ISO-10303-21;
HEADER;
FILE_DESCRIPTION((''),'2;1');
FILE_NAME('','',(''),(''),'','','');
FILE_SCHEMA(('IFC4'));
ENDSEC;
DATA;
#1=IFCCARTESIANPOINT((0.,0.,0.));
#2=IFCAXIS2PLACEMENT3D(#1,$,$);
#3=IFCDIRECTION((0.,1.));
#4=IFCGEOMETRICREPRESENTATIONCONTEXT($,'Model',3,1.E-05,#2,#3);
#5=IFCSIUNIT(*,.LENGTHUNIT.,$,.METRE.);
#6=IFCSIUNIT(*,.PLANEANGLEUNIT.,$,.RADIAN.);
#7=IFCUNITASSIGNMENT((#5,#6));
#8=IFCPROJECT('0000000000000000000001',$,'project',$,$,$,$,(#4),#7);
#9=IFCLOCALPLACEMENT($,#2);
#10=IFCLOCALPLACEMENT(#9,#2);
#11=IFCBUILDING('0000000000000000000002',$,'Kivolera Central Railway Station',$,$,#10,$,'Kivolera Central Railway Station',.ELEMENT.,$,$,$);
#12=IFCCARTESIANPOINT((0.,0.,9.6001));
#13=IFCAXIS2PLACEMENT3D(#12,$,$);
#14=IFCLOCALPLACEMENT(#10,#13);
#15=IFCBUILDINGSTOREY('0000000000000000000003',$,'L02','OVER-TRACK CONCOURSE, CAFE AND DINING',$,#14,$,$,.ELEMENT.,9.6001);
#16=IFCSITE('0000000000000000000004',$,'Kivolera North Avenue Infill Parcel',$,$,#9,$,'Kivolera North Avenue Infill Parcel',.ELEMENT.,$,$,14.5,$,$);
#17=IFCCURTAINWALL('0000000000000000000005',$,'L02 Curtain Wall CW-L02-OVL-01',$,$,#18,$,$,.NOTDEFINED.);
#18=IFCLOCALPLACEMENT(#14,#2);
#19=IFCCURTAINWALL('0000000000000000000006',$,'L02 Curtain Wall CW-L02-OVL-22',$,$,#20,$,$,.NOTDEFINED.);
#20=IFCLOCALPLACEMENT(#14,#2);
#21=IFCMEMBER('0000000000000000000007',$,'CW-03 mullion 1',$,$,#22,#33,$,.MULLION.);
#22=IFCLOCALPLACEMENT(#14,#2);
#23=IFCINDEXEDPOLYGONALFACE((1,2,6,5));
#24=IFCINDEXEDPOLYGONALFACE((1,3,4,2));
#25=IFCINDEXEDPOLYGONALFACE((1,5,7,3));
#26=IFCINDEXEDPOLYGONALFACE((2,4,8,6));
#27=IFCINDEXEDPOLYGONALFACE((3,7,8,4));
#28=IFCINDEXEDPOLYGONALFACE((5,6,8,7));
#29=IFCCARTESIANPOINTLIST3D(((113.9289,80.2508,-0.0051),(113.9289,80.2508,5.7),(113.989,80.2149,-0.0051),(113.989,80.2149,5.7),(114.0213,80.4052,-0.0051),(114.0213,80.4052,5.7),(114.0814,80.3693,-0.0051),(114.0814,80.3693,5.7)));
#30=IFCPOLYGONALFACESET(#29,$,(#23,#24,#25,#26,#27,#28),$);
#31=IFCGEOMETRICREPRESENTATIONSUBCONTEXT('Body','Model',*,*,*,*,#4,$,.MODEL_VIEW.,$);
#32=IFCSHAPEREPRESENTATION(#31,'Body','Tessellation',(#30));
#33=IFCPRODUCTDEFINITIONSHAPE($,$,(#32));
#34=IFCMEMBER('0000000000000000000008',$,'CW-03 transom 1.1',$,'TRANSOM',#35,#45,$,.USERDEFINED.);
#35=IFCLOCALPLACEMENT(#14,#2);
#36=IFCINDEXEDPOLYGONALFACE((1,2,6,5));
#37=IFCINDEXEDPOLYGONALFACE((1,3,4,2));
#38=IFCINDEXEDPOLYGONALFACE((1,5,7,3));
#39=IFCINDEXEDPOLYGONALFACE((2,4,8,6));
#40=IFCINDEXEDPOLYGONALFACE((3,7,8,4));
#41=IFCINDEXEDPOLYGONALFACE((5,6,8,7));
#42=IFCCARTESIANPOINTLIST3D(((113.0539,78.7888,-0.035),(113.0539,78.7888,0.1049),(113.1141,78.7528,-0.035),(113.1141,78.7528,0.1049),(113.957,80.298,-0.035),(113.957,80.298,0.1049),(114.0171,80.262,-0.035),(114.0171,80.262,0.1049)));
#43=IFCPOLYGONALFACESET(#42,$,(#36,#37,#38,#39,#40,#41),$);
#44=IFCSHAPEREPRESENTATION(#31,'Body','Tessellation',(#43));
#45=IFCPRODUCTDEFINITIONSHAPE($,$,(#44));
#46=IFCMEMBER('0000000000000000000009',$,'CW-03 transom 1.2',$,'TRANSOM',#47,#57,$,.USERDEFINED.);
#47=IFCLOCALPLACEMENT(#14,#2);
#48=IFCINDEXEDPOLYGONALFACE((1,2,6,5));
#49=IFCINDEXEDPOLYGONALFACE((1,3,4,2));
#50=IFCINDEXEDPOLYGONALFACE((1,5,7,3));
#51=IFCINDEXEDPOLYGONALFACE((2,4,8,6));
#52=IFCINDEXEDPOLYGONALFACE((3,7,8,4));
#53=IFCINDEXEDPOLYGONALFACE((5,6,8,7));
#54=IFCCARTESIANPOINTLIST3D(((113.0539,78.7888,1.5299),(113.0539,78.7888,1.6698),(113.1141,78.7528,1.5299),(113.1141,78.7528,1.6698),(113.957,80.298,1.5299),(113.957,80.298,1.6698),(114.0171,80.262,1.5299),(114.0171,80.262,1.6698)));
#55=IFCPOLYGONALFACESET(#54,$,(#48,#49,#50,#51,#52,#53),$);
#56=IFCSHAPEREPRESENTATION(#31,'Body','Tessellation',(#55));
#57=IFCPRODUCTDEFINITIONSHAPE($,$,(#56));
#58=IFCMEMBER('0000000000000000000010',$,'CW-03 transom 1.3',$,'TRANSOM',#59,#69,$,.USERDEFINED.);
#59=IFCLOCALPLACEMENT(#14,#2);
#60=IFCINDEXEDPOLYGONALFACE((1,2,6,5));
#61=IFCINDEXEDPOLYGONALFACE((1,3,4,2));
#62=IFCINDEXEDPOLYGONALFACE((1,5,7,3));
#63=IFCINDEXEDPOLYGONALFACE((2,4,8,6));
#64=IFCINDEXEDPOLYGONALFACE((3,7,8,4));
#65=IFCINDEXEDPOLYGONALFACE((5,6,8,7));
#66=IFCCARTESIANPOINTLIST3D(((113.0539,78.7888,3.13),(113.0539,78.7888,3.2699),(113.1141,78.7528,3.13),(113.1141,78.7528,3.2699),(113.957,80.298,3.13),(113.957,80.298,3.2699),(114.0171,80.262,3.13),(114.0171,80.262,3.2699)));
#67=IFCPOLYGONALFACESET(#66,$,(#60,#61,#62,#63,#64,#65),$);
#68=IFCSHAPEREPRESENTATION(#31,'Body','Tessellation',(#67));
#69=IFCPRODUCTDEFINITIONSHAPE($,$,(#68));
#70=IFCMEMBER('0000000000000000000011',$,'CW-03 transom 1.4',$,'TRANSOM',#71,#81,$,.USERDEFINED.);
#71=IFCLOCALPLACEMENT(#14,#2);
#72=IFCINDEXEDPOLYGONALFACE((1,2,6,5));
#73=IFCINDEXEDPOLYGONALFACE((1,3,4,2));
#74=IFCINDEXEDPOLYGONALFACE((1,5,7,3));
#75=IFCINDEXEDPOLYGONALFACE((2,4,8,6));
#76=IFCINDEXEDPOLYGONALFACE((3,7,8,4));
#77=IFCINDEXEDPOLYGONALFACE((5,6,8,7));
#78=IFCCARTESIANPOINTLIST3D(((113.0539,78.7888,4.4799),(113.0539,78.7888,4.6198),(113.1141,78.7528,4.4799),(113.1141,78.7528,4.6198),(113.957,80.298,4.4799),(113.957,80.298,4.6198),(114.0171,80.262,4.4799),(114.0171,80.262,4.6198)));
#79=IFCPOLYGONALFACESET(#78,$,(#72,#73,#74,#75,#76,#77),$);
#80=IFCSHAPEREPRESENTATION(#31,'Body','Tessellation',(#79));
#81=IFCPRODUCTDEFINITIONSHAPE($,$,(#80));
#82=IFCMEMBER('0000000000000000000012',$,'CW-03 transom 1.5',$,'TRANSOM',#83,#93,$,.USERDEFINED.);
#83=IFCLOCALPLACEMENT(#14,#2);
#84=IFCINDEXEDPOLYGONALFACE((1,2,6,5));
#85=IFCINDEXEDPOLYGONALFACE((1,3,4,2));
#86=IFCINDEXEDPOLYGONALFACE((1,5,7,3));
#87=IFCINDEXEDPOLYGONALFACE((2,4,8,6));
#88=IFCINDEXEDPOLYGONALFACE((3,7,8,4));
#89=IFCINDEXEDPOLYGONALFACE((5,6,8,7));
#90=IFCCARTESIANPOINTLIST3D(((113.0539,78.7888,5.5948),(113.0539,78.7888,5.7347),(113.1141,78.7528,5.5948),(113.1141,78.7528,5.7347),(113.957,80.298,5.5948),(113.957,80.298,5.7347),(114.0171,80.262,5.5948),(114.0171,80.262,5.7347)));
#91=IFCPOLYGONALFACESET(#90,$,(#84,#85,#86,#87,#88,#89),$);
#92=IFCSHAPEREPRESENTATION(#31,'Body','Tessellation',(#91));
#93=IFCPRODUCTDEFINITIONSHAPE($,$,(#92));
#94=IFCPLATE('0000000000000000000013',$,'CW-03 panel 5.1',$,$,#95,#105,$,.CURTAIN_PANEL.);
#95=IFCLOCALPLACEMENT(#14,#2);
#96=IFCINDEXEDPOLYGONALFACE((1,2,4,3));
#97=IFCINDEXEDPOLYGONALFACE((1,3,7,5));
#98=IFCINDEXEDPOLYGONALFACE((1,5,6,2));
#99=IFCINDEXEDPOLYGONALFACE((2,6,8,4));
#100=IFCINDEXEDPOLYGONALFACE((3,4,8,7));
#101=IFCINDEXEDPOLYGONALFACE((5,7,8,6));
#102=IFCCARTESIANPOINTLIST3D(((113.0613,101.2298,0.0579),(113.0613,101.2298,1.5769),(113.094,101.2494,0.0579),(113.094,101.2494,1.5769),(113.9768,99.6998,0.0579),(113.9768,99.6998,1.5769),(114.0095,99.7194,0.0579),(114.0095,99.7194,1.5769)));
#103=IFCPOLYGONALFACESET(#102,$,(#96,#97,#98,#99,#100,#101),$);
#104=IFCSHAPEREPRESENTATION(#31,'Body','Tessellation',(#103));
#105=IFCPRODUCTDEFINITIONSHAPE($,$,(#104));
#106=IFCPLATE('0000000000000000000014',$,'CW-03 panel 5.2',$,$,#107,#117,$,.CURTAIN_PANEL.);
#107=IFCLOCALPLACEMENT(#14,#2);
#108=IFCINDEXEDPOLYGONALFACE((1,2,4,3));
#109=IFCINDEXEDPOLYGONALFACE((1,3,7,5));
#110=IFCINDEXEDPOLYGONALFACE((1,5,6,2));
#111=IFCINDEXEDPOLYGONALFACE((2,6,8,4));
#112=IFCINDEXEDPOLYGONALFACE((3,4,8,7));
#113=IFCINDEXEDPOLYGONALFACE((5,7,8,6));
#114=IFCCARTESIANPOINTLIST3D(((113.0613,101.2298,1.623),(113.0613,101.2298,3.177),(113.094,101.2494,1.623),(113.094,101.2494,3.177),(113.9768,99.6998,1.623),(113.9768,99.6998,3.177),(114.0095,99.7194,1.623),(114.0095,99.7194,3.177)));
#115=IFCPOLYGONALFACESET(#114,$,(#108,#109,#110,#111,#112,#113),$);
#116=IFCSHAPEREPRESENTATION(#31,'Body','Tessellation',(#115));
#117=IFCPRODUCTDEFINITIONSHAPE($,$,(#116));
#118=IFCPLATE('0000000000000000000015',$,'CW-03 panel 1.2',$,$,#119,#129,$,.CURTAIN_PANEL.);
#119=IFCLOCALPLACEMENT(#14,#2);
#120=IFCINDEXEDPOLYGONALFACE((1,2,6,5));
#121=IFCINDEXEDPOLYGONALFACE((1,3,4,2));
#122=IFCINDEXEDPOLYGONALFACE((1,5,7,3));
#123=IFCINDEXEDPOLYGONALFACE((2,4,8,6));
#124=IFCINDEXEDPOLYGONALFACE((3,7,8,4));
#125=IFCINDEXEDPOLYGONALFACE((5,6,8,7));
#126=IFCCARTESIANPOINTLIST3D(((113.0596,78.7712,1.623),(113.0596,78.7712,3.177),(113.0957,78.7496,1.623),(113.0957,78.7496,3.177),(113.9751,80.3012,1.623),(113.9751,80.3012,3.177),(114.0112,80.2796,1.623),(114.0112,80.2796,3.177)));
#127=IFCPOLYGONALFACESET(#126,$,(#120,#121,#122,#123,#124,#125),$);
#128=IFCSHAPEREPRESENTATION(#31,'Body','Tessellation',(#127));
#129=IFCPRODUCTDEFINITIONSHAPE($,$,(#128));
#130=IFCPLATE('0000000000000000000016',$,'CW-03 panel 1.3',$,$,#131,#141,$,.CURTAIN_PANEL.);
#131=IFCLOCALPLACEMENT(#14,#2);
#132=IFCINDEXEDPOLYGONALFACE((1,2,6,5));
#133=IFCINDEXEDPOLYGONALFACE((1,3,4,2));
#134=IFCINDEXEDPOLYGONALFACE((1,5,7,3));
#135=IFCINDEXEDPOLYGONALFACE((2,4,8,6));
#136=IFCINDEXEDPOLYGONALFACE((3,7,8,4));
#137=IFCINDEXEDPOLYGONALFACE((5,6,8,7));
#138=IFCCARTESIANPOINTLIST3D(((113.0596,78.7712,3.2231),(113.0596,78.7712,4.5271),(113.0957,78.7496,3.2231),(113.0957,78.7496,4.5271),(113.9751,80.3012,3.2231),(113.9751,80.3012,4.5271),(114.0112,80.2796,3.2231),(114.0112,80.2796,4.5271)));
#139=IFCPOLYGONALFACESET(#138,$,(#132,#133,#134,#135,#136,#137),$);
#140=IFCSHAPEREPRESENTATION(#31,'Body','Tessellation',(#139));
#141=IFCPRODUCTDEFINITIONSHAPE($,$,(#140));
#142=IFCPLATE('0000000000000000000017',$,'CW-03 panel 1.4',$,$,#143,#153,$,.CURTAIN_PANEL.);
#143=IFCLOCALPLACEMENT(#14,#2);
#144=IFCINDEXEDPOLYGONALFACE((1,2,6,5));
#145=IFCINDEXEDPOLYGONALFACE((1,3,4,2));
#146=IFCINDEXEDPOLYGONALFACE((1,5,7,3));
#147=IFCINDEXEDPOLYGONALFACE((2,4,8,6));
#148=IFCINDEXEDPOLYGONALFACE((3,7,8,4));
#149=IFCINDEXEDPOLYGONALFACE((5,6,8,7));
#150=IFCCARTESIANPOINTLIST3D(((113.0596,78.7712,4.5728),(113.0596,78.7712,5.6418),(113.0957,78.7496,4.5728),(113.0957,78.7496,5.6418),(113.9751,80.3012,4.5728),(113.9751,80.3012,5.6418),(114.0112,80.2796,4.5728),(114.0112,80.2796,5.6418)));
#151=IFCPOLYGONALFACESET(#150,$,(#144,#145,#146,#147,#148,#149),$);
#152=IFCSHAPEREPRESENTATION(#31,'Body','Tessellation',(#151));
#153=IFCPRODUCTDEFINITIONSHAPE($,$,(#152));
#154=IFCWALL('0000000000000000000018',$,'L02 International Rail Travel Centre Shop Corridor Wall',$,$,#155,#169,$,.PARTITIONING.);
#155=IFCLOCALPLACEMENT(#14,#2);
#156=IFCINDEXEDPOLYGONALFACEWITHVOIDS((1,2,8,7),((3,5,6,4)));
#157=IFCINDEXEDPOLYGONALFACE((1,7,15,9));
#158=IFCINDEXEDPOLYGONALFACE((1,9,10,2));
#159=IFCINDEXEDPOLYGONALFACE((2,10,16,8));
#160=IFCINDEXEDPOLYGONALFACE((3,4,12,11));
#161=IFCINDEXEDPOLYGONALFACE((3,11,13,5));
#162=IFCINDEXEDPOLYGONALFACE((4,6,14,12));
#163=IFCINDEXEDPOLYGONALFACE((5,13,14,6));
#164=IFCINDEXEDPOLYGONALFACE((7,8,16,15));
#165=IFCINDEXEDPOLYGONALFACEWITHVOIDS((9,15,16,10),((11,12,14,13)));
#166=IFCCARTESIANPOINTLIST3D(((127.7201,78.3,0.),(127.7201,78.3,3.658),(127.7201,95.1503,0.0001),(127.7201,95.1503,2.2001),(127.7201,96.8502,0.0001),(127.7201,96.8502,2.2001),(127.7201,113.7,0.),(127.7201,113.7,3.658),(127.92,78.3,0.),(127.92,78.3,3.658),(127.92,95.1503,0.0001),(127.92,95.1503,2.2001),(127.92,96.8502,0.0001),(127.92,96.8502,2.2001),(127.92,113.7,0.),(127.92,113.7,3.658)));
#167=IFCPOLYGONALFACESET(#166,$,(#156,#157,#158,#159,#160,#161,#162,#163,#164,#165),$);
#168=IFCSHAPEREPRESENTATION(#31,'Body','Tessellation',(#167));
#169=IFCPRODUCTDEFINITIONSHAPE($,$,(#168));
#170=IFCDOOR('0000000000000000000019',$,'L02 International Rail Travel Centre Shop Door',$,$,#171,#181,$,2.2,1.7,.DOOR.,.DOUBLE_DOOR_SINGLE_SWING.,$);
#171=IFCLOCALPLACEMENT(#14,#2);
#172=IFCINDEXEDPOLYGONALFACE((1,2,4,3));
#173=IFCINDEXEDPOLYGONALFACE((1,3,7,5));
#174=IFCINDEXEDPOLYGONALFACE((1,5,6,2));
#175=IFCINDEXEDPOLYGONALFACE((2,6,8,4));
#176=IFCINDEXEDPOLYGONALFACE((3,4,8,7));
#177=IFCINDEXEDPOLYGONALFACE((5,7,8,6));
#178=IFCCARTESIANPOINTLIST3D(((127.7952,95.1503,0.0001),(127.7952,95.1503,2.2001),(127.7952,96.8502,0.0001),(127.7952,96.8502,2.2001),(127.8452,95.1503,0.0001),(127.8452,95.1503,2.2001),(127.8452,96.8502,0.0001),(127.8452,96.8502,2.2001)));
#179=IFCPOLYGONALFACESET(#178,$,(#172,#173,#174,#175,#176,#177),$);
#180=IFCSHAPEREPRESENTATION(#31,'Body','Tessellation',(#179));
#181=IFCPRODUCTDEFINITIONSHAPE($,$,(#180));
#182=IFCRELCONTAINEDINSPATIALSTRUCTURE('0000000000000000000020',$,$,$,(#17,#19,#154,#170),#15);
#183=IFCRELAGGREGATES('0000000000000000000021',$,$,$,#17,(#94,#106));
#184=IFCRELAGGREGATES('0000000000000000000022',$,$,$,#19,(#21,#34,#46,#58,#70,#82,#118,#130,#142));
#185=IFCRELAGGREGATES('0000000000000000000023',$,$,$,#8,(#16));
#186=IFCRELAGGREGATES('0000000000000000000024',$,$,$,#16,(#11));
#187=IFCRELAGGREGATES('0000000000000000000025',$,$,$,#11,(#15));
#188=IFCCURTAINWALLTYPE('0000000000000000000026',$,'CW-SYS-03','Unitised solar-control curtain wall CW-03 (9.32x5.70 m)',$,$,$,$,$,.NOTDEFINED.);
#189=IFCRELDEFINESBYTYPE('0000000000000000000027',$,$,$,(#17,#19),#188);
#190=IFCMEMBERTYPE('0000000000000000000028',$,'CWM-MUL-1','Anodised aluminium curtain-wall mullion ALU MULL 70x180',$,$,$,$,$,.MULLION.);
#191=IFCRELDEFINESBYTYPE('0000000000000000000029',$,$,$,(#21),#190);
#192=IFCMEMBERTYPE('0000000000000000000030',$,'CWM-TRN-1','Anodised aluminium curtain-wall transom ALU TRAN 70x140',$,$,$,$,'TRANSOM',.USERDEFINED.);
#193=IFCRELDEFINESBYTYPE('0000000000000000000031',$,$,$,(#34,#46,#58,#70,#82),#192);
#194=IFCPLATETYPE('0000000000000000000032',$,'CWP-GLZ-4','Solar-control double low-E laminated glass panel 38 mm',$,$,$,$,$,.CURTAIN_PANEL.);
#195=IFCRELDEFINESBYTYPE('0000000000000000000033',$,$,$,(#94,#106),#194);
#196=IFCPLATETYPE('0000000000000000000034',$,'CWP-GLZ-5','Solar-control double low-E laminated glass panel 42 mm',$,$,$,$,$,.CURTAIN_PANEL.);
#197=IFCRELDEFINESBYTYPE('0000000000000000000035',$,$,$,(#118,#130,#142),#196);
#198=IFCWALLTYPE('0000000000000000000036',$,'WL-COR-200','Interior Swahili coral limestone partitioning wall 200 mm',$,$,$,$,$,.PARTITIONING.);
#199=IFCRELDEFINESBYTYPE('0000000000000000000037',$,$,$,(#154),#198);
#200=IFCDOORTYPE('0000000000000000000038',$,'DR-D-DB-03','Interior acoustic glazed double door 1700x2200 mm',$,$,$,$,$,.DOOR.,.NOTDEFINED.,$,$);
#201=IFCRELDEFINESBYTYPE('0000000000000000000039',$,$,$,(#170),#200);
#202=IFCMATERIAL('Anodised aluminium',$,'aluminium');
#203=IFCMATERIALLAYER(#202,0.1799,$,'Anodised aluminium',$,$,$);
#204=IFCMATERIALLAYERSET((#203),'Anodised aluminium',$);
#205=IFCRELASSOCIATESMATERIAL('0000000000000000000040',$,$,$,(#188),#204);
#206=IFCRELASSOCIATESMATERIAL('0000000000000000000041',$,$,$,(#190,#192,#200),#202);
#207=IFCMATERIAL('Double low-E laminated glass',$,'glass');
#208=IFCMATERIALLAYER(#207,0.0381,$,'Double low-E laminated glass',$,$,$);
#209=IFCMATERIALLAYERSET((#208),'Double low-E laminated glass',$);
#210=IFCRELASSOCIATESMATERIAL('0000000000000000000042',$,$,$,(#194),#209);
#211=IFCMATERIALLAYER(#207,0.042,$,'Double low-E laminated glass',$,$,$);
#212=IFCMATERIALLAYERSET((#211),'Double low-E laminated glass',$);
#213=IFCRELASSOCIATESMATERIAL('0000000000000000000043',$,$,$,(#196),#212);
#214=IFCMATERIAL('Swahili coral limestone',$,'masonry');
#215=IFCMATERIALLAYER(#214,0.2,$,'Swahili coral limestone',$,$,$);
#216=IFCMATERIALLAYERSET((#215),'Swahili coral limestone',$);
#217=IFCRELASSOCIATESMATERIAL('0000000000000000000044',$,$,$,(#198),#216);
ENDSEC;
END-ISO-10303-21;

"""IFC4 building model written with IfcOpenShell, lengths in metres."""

from ifc_helpers import new_model, si_unit, direction, frame, frame_2d, origin, origin_2d, place, context, subcontext, project, spatial, rectangle, extrude, material, layer, layer_set, material_profile, profile_set, type_object, element, fill, aggregate, save


model = new_model("IFC4")

# Units and contexts
model_context = context("Model", 3, precision=1e-05, world=origin(), true_north=direction((0.0, 1.0)))
body_context = subcontext(model_context, "Body", "Model", "MODEL_VIEW")
ifc_project = project(units=[si_unit("LENGTHUNIT", "METRE"), si_unit("PLANEANGLEUNIT", "RADIAN")], contexts=[model_context])

# Site, building, storey
site_placement = place(None, origin())
site = spatial("IfcSite", under=ifc_project, at=site_placement, Name="Kivolera North Avenue Infill Parcel", LongName="Kivolera North Avenue Infill Parcel", CompositionType="ELEMENT", RefElevation=14.5)
building_placement = place(site_placement, origin())
building = spatial("IfcBuilding", under=site, at=building_placement, Name="Kivolera Central Railway Station", LongName="Kivolera Central Railway Station", CompositionType="ELEMENT")
storey_placement = place(building_placement, frame((0.0, 0.0, 9.6001)))
storey = spatial("IfcBuildingStorey", under=building, at=storey_placement, Name="L02", Description="OVER-TRACK CONCOURSE, CAFE AND DINING", CompositionType="ELEMENT", Elevation=9.6001)

# Curtain wall
ifc_material_1 = material(Name="Anodised aluminium", Category="aluminium")
ifc_layer_1 = layer(ifc_material_1, 0.1799, Name="Anodised aluminium")
ifc_layer_set_1 = layer_set([ifc_layer_1], Name="Anodised aluminium")
curtain_wall_type = type_object("IfcCurtainWallType", Name="CW-SYS-03", Description="Unitised solar-control curtain wall CW-03 (9.32x5.70 m)", PredefinedType="NOTDEFINED", material=ifc_layer_set_1)
curtain_wall_1_placement = place(storey_placement, origin())
curtain_wall_1 = element("IfcCurtainWall", 1, at=curtain_wall_1_placement, inside=storey, type_object=curtain_wall_type, Name="L02 Curtain Wall CW-L02-OVL-01", PredefinedType="NOTDEFINED")
ifc_material_profile_1 = material_profile(ifc_material_1, rectangle(XDim=0.0701, YDim=0.1799, at=origin_2d()), Name="ALU MULL 70x180")
ifc_profile_set_1 = profile_set([ifc_material_profile_1], Name="Anodised aluminium")
member_type_1 = type_object("IfcMemberType", Name="CWM-MUL-1", Description="Anodised aluminium curtain-wall mullion ALU MULL 70x180", PredefinedType="MULLION", material=ifc_profile_set_1)

# Curtain wall, members
curtain_wall_2_placement = place(storey_placement, origin())
curtain_wall_2 = element("IfcCurtainWall", 2, at=curtain_wall_2_placement, inside=storey, type_object=curtain_wall_type, Name="L02 Curtain Wall CW-L02-OVL-22", PredefinedType="NOTDEFINED")
member_1_placement = place(storey_placement, frame((114.0051, 80.3101, -0.0051), z_axis=(0.0, 0.0, 1.0), x_axis=(0.858117, -0.513454, 0.0)))
member_1 = element("IfcMember", 3, at=member_1_placement, type_object=member_type_1, Name="CW-03 mullion 1", PredefinedType="MULLION", context=body_context, shape_type="SweptSolid", body=[
    extrude(rectangle(XDim=0.0701, YDim=0.1799, at=origin_2d()), origin(), (0.0, 0.0, 1.0), 5.7051),
])
ifc_material_profile_2 = material_profile(ifc_material_1, rectangle(XDim=0.0701, YDim=0.1399, at=origin_2d()), Name="ALU TRAN 70x140")
ifc_profile_set_2 = profile_set([ifc_material_profile_2], Name="Anodised aluminium")
member_type_2 = type_object("IfcMemberType", Name="CWM-TRN-1", Description="Anodised aluminium curtain-wall transom ALU TRAN 70x140", ElementType="TRANSOM", PredefinedType="USERDEFINED", material=ifc_profile_set_2)
member_2_placement = place(storey_placement, frame((113.9871, 80.28, 0.0349), z_axis=(-0.513454, -0.858117, 0.0), x_axis=(0.858117, -0.513454, 0.0)))
member_2 = element("IfcMember", 4, at=member_2_placement, type_object=member_type_2, Name="CW-03 transom 1.1", ObjectType="TRANSOM", PredefinedType="USERDEFINED", context=body_context, shape_type="SweptSolid", body=[
    extrude(rectangle(XDim=0.0701, YDim=0.1399, at=origin_2d()), origin(), (0.0, 0.0, 1.0), 1.7588),
])
member_3_placement = place(storey_placement, frame((113.9871, 80.28, 1.5999), z_axis=(-0.513454, -0.858117, 0.0), x_axis=(0.858117, -0.513454, 0.0)))
member_3 = element("IfcMember", 5, at=member_3_placement, type_object=member_type_2, Name="CW-03 transom 1.2", ObjectType="TRANSOM", PredefinedType="USERDEFINED", context=body_context, shape_type="SweptSolid", body=[
    extrude(rectangle(XDim=0.0701, YDim=0.1399, at=origin_2d()), origin(), (0.0, 0.0, 1.0), 1.7588),
])
member_4_placement = place(storey_placement, frame((113.9871, 80.28, 3.2), z_axis=(-0.513454, -0.858117, 0.0), x_axis=(0.858117, -0.513454, 0.0)))
member_4 = element("IfcMember", 6, at=member_4_placement, type_object=member_type_2, Name="CW-03 transom 1.3", ObjectType="TRANSOM", PredefinedType="USERDEFINED", context=body_context, shape_type="SweptSolid", body=[
    extrude(rectangle(XDim=0.0701, YDim=0.1399, at=origin_2d()), origin(), (0.0, 0.0, 1.0), 1.7588),
])
member_5_placement = place(storey_placement, frame((113.9871, 80.28, 4.5498), z_axis=(-0.513454, -0.858117, 0.0), x_axis=(0.858117, -0.513454, 0.0)))
member_5 = element("IfcMember", 7, at=member_5_placement, type_object=member_type_2, Name="CW-03 transom 1.4", ObjectType="TRANSOM", PredefinedType="USERDEFINED", context=body_context, shape_type="SweptSolid", body=[
    extrude(rectangle(XDim=0.0701, YDim=0.1399, at=origin_2d()), origin(), (0.0, 0.0, 1.0), 1.7588),
])
member_6_placement = place(storey_placement, frame((113.9871, 80.28, 5.6648), z_axis=(-0.513454, -0.858117, 0.0), x_axis=(0.858117, -0.513454, 0.0)))
member_6 = element("IfcMember", 8, at=member_6_placement, type_object=member_type_2, Name="CW-03 transom 1.5", ObjectType="TRANSOM", PredefinedType="USERDEFINED", context=body_context, shape_type="SweptSolid", body=[
    extrude(rectangle(XDim=0.0701, YDim=0.1399, at=origin_2d()), origin(), (0.0, 0.0, 1.0), 1.7588),
])

# Plates
ifc_material_2 = material(Name="Double low-E laminated glass", Category="glass")
ifc_layer_2 = layer(ifc_material_2, 0.0381, Name="Double low-E laminated glass")
ifc_layer_set_2 = layer_set([ifc_layer_2], Name="Double low-E laminated glass")
plate_type_1 = type_object("IfcPlateType", Name="CWP-GLZ-4", Description="Solar-control double low-E laminated glass panel 38 mm", PredefinedType="CURTAIN_PANEL", material=ifc_layer_set_2)
plate_1_placement = place(storey_placement, frame((113.5354, 100.4746, 0.0579), z_axis=(0.0, 0.0, 1.0), x_axis=(0.513454, -0.858117, 0.0)))
plate_1 = element("IfcPlate", 9, at=plate_1_placement, type_object=plate_type_1, Name="CW-03 panel 5.1", PredefinedType="CURTAIN_PANEL", context=body_context, shape_type="SweptSolid", body=[
    extrude(rectangle(XDim=1.783, YDim=0.0381, at=origin_2d()), origin(), (0.0, 0.0, 1.0), 1.519),
])
plate_2_placement = place(storey_placement, frame((113.5354, 100.4746, 1.623), z_axis=(0.0, 0.0, 1.0), x_axis=(0.513454, -0.858117, 0.0)))
plate_2 = element("IfcPlate", 10, at=plate_2_placement, type_object=plate_type_1, Name="CW-03 panel 5.2", PredefinedType="CURTAIN_PANEL", context=body_context, shape_type="SweptSolid", body=[
    extrude(rectangle(XDim=1.783, YDim=0.0381, at=origin_2d()), origin(), (0.0, 0.0, 1.0), 1.554),
])
aggregate(curtain_wall_1, [plate_1, plate_2])
ifc_layer_3 = layer(ifc_material_2, 0.042, Name="Double low-E laminated glass")
ifc_layer_set_3 = layer_set([ifc_layer_3], Name="Double low-E laminated glass")
plate_type_2 = type_object("IfcPlateType", Name="CWP-GLZ-5", Description="Solar-control double low-E laminated glass panel 42 mm", PredefinedType="CURTAIN_PANEL", material=ifc_layer_set_3)
plate_3_placement = place(storey_placement, frame((113.5354, 79.5254, 1.623), z_axis=(0.0, 0.0, 1.0), x_axis=(-0.513454, -0.858117, 0.0)))
plate_3 = element("IfcPlate", 11, at=plate_3_placement, type_object=plate_type_2, Name="CW-03 panel 1.2", PredefinedType="CURTAIN_PANEL", context=body_context, shape_type="SweptSolid", body=[
    extrude(rectangle(XDim=1.783, YDim=0.042, at=origin_2d()), origin(), (0.0, 0.0, 1.0), 1.554),
])
plate_4_placement = place(storey_placement, frame((113.5354, 79.5254, 3.2231), z_axis=(0.0, 0.0, 1.0), x_axis=(-0.513454, -0.858117, 0.0)))
plate_4 = element("IfcPlate", 12, at=plate_4_placement, type_object=plate_type_2, Name="CW-03 panel 1.3", PredefinedType="CURTAIN_PANEL", context=body_context, shape_type="SweptSolid", body=[
    extrude(rectangle(XDim=1.783, YDim=0.042, at=origin_2d()), origin(), (0.0, 0.0, 1.0), 1.304),
])
plate_5_placement = place(storey_placement, frame((113.5354, 79.5254, 4.5728), z_axis=(0.0, 0.0, 1.0), x_axis=(-0.513454, -0.858117, 0.0)))
plate_5 = element("IfcPlate", 13, at=plate_5_placement, type_object=plate_type_2, Name="CW-03 panel 1.4", PredefinedType="CURTAIN_PANEL", context=body_context, shape_type="SweptSolid", body=[
    extrude(rectangle(XDim=1.783, YDim=0.042, at=origin_2d()), origin(), (0.0, 0.0, 1.0), 1.0691),
])
aggregate(curtain_wall_2, [member_1, member_2, member_3, member_4, member_5, member_6, plate_3, plate_4, plate_5])

# Wall, opening, door
ifc_material_3 = material(Name="Swahili coral limestone", Category="masonry")
ifc_layer_4 = layer(ifc_material_3, 0.2, Name="Swahili coral limestone")
ifc_layer_set_4 = layer_set([ifc_layer_4], Name="Swahili coral limestone")
wall_type_1 = type_object("IfcWallType", Name="WL-COR-200", Description="Interior Swahili coral limestone partitioning wall 200 mm", PredefinedType="PARTITIONING", material=ifc_layer_set_4)
wall_1_placement = place(storey_placement, frame((127.8201, 78.3, 0.0), z_axis=(0.0, 0.0, 1.0), x_axis=(0.0, 1.0, 0.0)))
wall_1 = element("IfcWall", 14, at=wall_1_placement, inside=storey, type_object=wall_type_1, Name="L02 International Rail Travel Centre Shop Corridor Wall", PredefinedType="PARTITIONING", context=body_context, shape_type="SweptSolid", body=[
    extrude(rectangle(XDim=35.3999, YDim=0.2, at=frame_2d((17.7, 0.0))), origin(), (0.0, 0.0, 1.0), 3.658),
])
opening_1_placement = place(wall_1_placement, frame((16.8501, 0.0, 0.0)))
opening_1 = element("IfcOpeningElement", 15, at=opening_1_placement, cuts=wall_1, PredefinedType="OPENING", context=body_context, shape_type="SweptSolid", body=[
    extrude(rectangle(XDim=1.7, YDim=2.2, at=frame_2d((0.8501, 1.1001))), frame((0.0, 0.1099, 0.0), z_axis=(0.0, -1.0, 0.0), x_axis=(1.0, 0.0, 0.0)), (0.0, 0.0, 1.0), 0.22),
])
door_type_1 = type_object("IfcDoorType", Name="DR-D-DB-03", Description="Interior acoustic glazed double door 1700x2200 mm", OperationType="NOTDEFINED", PredefinedType="DOOR", material=ifc_material_1)
door_1_placement = place(opening_1_placement, origin())
door_1 = element("IfcDoor", 16, at=door_1_placement, inside=storey, type_object=door_type_1, Name="L02 International Rail Travel Centre Shop Door", OperationType="DOUBLE_DOOR_SINGLE_SWING", OverallHeight=2.2, OverallWidth=1.7, PredefinedType="DOOR", context=body_context, shape_type="SweptSolid", body=[
    extrude(rectangle(XDim=1.7, YDim=2.2, at=frame_2d((0.8501, 1.1001))), frame((0.0, 0.0249, 0.0), z_axis=(0.0, -1.0, 0.0), x_axis=(1.0, 0.0, 0.0)), (0.0, 0.0, 1.0), 0.05),
])
fill(opening_1, door_1)

save(model, "model.ifc")
